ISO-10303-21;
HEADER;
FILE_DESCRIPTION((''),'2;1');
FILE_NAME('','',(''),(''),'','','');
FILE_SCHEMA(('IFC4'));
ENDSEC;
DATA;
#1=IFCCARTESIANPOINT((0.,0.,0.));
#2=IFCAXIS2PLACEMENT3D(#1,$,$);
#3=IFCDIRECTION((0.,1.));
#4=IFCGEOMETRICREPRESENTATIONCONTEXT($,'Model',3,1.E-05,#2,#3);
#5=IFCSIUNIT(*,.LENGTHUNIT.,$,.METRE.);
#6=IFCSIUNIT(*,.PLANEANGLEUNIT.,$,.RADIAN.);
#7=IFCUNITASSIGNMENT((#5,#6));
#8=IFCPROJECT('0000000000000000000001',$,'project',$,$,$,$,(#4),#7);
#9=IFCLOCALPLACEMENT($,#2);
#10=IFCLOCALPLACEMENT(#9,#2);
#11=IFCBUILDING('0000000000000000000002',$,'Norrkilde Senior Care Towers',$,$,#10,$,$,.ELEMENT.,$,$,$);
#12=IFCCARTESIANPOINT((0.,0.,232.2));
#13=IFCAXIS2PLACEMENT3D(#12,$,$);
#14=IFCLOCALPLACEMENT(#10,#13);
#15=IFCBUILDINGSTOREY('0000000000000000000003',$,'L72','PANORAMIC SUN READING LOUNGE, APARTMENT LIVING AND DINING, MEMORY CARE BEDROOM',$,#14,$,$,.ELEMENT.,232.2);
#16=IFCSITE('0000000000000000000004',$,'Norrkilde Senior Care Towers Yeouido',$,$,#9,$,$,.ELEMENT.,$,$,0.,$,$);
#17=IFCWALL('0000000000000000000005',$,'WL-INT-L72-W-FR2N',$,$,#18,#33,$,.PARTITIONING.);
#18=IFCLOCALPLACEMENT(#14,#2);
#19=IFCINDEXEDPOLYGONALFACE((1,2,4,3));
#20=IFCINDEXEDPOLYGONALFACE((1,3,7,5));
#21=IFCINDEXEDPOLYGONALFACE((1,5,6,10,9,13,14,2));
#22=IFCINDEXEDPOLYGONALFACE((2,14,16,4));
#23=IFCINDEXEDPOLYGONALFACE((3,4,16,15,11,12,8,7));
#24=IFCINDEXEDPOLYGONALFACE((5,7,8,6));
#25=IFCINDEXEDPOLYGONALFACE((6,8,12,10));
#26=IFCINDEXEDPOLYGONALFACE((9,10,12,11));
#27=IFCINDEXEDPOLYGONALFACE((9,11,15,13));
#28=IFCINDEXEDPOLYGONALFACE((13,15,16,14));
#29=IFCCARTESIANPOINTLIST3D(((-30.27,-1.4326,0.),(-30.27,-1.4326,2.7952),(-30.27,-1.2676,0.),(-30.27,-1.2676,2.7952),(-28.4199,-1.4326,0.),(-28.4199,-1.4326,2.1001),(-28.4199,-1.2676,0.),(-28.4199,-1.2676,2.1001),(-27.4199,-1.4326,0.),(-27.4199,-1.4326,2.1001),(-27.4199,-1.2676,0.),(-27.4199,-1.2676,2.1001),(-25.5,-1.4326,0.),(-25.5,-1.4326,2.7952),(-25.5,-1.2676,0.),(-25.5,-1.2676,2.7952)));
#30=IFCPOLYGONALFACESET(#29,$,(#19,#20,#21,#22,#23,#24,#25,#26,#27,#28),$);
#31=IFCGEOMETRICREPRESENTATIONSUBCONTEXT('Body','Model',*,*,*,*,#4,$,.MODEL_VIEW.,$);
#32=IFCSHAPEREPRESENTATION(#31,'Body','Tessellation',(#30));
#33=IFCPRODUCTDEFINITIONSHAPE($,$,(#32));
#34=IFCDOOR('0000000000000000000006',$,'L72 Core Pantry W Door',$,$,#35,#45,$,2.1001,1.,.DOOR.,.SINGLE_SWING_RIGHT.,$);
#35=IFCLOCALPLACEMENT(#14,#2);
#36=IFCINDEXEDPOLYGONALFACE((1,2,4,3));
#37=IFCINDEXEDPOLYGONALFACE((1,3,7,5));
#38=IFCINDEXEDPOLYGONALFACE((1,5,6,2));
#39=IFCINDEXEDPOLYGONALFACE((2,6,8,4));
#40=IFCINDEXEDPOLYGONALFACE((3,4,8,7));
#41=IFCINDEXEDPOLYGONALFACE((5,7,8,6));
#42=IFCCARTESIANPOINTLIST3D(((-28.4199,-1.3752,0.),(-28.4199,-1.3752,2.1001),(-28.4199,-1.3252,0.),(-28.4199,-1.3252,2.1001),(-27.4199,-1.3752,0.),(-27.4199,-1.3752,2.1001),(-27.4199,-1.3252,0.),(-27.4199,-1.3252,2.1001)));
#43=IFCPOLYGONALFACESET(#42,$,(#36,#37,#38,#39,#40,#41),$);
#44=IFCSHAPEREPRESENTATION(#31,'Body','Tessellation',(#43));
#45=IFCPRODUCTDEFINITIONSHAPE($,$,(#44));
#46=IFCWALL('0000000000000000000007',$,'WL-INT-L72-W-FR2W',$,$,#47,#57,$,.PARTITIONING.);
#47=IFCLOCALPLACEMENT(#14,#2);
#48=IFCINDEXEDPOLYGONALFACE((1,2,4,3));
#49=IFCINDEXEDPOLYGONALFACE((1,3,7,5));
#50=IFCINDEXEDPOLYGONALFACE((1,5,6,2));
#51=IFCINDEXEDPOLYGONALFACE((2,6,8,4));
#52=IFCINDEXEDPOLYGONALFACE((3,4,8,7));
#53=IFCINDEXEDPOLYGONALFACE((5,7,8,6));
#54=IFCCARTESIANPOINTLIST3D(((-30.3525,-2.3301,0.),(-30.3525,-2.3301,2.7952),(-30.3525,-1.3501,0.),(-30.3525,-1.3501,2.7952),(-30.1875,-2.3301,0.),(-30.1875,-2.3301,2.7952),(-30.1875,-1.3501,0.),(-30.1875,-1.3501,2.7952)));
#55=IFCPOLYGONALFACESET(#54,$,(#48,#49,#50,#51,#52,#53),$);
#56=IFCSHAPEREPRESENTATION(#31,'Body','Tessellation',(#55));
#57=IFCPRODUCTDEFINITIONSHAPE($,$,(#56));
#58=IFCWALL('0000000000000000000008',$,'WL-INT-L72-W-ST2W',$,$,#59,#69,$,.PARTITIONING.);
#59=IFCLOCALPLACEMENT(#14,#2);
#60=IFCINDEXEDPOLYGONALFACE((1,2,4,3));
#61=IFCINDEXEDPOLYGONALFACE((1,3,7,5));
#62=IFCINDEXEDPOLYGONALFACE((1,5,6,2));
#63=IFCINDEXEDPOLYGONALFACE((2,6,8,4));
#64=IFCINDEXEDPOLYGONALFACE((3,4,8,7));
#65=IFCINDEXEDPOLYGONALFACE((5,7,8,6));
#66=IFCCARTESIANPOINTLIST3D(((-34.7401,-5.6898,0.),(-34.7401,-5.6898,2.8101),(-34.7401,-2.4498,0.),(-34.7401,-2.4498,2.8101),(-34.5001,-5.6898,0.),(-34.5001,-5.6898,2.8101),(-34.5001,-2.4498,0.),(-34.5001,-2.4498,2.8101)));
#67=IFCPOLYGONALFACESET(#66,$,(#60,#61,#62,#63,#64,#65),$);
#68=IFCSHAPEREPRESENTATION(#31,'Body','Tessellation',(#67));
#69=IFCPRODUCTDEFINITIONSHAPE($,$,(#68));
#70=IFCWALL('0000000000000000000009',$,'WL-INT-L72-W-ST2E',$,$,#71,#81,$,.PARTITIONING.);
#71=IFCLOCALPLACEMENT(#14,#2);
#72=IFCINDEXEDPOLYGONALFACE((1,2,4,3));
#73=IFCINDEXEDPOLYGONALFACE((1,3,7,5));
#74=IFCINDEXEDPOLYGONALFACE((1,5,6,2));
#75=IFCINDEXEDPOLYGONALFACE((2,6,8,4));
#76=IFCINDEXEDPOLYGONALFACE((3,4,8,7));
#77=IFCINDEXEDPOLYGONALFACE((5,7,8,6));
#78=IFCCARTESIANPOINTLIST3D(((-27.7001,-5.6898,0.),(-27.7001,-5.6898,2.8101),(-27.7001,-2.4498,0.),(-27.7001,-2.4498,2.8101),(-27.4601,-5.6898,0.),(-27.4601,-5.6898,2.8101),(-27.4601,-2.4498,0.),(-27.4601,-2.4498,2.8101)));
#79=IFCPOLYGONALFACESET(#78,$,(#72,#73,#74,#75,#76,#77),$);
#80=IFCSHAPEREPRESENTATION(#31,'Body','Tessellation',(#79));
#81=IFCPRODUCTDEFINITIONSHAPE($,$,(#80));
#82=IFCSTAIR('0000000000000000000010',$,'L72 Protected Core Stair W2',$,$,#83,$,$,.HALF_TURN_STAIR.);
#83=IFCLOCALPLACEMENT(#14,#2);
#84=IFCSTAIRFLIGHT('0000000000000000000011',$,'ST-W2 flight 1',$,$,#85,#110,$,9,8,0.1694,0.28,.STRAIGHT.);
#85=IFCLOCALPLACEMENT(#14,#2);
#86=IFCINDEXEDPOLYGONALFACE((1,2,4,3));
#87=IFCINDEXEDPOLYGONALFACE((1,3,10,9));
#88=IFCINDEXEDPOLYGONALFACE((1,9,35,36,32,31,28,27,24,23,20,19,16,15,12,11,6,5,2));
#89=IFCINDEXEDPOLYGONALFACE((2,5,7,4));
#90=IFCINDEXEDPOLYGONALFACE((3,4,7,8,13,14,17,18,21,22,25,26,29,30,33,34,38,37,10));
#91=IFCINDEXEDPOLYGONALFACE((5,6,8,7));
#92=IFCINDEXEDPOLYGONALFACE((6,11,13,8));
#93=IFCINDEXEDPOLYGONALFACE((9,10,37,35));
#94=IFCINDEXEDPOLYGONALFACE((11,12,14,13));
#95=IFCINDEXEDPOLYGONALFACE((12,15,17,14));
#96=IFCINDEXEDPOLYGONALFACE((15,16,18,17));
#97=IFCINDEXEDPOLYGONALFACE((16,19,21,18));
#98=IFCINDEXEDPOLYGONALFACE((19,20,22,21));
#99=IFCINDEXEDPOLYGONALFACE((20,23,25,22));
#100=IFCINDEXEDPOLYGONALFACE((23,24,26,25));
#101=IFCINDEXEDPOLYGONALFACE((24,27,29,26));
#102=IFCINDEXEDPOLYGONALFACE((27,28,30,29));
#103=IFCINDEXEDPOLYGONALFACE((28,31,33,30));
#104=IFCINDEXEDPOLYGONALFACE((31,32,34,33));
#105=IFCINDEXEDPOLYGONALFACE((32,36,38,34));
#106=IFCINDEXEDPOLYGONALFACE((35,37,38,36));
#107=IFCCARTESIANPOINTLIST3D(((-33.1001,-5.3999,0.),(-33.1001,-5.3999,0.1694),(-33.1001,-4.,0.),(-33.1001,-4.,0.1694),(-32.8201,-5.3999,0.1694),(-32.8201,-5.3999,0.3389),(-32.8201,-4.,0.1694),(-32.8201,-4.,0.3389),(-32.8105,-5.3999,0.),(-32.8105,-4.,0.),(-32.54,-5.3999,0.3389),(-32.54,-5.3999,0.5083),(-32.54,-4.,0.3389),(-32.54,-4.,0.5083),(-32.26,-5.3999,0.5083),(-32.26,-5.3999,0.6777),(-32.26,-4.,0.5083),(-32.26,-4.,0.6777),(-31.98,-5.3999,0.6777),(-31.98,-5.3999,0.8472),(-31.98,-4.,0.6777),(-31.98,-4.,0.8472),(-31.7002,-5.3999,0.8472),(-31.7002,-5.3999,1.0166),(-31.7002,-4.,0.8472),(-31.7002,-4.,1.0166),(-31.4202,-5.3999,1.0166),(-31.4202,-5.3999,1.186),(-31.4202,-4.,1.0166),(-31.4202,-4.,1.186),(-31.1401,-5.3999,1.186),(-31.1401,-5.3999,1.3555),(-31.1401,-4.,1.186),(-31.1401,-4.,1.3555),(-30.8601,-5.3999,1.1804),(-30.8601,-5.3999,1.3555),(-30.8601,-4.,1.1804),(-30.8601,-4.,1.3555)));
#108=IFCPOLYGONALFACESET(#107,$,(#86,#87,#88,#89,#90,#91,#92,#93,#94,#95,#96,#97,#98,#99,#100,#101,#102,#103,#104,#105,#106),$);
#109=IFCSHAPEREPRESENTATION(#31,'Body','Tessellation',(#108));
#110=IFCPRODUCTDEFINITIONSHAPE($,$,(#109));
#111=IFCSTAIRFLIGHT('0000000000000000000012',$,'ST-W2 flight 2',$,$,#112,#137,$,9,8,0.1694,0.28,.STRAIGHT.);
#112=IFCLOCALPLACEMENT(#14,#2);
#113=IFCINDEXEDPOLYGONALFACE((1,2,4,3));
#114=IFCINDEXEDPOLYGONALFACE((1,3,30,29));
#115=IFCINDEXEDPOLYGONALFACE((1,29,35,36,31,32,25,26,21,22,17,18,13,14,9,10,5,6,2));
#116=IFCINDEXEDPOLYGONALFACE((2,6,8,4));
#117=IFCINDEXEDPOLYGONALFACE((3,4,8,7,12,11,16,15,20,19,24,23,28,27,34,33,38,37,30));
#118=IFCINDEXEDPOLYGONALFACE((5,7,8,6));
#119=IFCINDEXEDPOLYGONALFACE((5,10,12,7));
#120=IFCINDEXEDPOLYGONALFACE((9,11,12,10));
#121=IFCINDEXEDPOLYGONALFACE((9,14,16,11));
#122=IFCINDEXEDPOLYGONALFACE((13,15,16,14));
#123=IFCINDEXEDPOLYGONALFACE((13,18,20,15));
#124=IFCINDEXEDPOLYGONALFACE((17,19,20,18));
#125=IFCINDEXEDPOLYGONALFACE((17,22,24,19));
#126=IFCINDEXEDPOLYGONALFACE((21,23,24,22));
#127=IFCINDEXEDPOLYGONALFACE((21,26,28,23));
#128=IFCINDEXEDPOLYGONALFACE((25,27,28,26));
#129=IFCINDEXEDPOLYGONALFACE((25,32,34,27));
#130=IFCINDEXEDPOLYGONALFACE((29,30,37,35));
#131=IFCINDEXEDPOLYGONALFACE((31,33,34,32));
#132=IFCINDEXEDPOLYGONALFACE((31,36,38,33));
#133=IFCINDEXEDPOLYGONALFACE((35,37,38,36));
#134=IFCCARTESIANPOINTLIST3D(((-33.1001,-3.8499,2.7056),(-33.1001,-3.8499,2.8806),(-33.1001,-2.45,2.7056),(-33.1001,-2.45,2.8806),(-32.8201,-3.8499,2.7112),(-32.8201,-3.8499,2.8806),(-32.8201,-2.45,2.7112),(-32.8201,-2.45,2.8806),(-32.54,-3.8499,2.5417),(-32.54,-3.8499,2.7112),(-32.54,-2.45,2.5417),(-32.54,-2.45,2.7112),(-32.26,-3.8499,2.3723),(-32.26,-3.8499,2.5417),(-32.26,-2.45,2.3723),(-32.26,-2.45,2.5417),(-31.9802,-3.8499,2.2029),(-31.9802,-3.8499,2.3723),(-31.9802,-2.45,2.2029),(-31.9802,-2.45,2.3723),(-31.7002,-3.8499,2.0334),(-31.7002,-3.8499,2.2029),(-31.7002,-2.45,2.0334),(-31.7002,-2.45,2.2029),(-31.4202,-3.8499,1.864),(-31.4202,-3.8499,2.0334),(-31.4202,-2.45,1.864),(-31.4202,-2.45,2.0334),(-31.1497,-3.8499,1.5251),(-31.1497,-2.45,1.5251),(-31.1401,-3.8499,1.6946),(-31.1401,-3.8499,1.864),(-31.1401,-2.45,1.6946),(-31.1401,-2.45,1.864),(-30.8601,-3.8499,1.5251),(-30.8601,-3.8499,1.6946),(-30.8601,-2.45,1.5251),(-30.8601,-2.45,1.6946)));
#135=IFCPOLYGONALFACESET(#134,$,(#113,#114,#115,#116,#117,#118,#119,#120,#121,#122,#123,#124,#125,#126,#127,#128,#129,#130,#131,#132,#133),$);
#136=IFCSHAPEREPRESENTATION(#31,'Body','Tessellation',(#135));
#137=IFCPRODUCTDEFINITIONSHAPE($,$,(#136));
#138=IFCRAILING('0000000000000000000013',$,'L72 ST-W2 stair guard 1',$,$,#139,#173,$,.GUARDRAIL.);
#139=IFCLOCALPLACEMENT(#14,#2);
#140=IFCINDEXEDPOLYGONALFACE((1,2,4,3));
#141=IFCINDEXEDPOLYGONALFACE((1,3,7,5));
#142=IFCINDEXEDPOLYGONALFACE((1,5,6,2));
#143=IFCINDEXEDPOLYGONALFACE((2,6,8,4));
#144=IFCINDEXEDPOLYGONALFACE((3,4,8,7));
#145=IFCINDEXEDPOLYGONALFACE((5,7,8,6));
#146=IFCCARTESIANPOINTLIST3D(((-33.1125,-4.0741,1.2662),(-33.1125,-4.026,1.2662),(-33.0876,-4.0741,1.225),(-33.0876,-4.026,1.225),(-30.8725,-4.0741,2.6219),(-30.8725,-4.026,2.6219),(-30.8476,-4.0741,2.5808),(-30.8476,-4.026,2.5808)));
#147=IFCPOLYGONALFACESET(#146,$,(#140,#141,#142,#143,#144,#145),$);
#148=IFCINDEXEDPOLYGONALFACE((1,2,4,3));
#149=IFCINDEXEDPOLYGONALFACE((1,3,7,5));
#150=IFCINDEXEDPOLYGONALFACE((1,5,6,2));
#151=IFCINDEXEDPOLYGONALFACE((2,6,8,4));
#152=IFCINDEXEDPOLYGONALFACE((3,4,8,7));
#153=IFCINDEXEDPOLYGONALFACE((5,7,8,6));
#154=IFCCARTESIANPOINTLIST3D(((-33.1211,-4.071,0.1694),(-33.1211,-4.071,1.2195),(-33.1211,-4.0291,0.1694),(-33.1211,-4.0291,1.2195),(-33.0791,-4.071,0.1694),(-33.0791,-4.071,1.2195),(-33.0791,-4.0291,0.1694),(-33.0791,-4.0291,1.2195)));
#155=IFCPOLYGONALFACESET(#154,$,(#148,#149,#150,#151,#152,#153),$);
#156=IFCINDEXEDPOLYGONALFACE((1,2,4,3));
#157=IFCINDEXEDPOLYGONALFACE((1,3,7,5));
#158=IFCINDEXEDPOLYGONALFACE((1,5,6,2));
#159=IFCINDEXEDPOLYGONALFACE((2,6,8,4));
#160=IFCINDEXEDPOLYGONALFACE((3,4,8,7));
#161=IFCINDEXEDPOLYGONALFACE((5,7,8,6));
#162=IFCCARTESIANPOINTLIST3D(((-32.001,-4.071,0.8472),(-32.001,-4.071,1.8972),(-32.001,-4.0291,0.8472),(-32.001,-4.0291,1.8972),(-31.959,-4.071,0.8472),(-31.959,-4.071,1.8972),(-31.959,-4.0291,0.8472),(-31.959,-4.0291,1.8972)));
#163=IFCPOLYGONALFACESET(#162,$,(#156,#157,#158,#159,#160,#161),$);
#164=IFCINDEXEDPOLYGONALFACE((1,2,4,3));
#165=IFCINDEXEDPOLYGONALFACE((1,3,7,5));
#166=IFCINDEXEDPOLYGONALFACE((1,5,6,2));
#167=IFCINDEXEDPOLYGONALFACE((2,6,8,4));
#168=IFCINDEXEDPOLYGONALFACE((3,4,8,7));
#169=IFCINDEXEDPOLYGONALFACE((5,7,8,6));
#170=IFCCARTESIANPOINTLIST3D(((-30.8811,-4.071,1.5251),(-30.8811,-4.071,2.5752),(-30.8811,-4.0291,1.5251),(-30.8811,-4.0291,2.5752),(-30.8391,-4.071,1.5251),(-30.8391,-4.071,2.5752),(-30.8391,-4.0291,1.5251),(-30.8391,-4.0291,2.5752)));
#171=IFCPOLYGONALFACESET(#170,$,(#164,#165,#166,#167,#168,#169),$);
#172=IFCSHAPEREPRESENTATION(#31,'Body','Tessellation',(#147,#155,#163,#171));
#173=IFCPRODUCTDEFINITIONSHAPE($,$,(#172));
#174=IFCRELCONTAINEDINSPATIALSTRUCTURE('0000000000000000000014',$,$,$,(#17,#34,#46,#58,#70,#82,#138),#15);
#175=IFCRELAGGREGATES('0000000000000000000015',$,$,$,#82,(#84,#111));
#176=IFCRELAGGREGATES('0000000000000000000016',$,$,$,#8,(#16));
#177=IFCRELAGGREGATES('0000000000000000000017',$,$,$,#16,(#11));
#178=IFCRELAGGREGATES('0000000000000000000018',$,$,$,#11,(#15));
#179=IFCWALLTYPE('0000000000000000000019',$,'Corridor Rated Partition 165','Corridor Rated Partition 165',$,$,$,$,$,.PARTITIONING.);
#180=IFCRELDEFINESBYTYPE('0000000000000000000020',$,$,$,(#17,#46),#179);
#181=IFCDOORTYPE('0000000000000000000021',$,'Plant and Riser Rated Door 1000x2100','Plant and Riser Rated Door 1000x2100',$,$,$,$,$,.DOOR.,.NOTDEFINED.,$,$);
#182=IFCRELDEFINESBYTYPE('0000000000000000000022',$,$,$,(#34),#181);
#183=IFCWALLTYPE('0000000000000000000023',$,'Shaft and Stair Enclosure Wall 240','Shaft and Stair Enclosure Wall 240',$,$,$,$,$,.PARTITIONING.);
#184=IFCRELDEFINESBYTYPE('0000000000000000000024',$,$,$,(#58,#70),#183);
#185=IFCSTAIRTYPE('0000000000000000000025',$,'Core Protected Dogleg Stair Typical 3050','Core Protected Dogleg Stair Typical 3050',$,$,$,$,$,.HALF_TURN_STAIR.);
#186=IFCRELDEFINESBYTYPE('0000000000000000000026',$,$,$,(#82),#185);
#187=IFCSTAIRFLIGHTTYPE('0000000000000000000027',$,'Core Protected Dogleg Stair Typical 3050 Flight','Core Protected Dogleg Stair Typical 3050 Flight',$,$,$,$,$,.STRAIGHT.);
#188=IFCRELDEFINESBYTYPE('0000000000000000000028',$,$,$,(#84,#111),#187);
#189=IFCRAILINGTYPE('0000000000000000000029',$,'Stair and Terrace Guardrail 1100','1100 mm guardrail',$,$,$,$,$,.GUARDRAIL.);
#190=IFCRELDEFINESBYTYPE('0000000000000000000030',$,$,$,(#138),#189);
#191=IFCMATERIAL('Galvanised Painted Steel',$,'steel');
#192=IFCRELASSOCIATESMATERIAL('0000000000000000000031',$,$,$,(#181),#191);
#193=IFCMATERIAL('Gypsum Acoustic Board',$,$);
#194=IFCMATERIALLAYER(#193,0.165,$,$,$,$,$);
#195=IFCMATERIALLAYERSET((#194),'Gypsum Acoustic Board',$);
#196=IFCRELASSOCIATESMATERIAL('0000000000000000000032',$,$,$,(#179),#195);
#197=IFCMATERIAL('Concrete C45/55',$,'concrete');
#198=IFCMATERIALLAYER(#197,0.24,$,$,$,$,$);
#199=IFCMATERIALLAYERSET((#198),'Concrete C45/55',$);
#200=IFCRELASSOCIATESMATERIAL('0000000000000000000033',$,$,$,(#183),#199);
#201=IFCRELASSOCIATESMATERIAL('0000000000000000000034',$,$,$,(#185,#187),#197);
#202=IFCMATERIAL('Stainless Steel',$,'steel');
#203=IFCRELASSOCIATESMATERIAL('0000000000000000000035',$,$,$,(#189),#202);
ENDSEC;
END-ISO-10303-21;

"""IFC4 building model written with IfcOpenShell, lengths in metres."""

from ifc_helpers import new_model, si_unit, direction, frame, frame_2d, origin, origin_2d, place, context, subcontext, project, spatial, polyline, rectangle, outline, extrude, source, transform, mapped, material, layer, layer_set, type_object, type_shapes, element, fill, aggregate, save


model = new_model("IFC4")

# Units and contexts
model_context = context("Model", 3, precision=1e-05, world=origin(), true_north=direction((0.0, 1.0)))
body_context = subcontext(model_context, "Body", "Model", "MODEL_VIEW")
ifc_project = project(units=[si_unit("LENGTHUNIT", "METRE"), si_unit("PLANEANGLEUNIT", "RADIAN")], contexts=[model_context])

# Site, building, storey
site_placement = place(None, origin())
site = spatial("IfcSite", under=ifc_project, at=site_placement, Name="Norrkilde Senior Care Towers Yeouido", CompositionType="ELEMENT", RefElevation=0.0)
building_placement = place(site_placement, origin())
building = spatial("IfcBuilding", under=site, at=building_placement, Name="Norrkilde Senior Care Towers", CompositionType="ELEMENT")
storey_placement = place(building_placement, frame((0.0, 0.0, 232.2)))
storey = spatial("IfcBuildingStorey", under=building, at=storey_placement, Name="L72", Description="PANORAMIC SUN READING LOUNGE, APARTMENT LIVING AND DINING, MEMORY CARE BEDROOM", CompositionType="ELEMENT", Elevation=232.2)

# Shared definitions
ifc_material_1 = material(Name="Concrete C45/55", Category="concrete")
ifc_material_2 = material(Name="Galvanised Painted Steel", Category="steel")

# Shared definitions
door_type_1 = type_object("IfcDoorType", Name="Plant and Riser Rated Door 1000x2100", Description="Plant and Riser Rated Door 1000x2100", OperationType="NOTDEFINED", PredefinedType="DOOR", material=ifc_material_2)
shared_shape_1 = source(origin(), body_context, "Body", "SweptSolid", [
    extrude(rectangle(XDim=1.0, YDim=2.1001, at=frame_2d((0.5, 1.05))), frame((0.0, 0.0249, 0.0), z_axis=(0.0, -1.0, 0.0), x_axis=(1.0, 0.0, 0.0)), (0.0, 0.0, 1.0), 0.05),
])
type_shapes(door_type_1, [shared_shape_1])

# Shared definitions
ifc_material_3 = material(Name="Gypsum Acoustic Board")

# Wall, opening, door
ifc_layer_1 = layer(ifc_material_3, 0.165)
ifc_layer_set_1 = layer_set([ifc_layer_1], Name="Gypsum Acoustic Board")
wall_type_1 = type_object("IfcWallType", Name="Corridor Rated Partition 165", Description="Corridor Rated Partition 165", PredefinedType="PARTITIONING", material=ifc_layer_set_1)
shared_shape_2 = source(origin(), body_context, "Body", "SweptSolid", [
    extrude(rectangle(XDim=4.77, YDim=0.165, at=frame_2d((2.385, 0.0))), origin(), (0.0, 0.0, 1.0), 2.7952),
])
wall_1_placement = place(storey_placement, frame((-30.27, -1.3501, 0.0), z_axis=(0.0, 0.0, 1.0), x_axis=(1.0, 0.0, 0.0)))
wall_1 = element("IfcWall", 1, at=wall_1_placement, inside=storey, type_object=wall_type_1, Name="WL-INT-L72-W-FR2N", PredefinedType="PARTITIONING", context=body_context, shape_type="MappedRepresentation", body=[
    mapped(shared_shape_2, transform((0.0, 0.0, 0.0), x_axis=(1.0, 0.0, 0.0), y_axis=(0.0, 1.0, 0.0), z_axis=(0.0, 0.0, 1.0), scale=1.0)),
])
opening_1_placement = place(wall_1_placement, frame((1.8501, 0.0, 0.0)))
opening_1 = element("IfcOpeningElement", 2, at=opening_1_placement, cuts=wall_1, PredefinedType="OPENING", context=body_context, shape_type="SweptSolid", body=[
    extrude(rectangle(XDim=1.0, YDim=2.1001, at=frame_2d((0.5, 1.05))), frame((0.0, 0.0925, 0.0), z_axis=(0.0, -1.0, 0.0), x_axis=(1.0, 0.0, 0.0)), (0.0, 0.0, 1.0), 0.1851),
])
door_1_placement = place(opening_1_placement, origin())
door_1 = element("IfcDoor", 3, at=door_1_placement, inside=storey, type_object=door_type_1, Name="L72 Core Pantry W Door", OperationType="SINGLE_SWING_RIGHT", OverallHeight=2.1001, OverallWidth=1.0, PredefinedType="DOOR", context=body_context, shape_type="MappedRepresentation", body=[
    mapped(shared_shape_1, transform((0.0, 0.0, 0.0), x_axis=(1.0, 0.0, 0.0), y_axis=(0.0, 1.0, 0.0), z_axis=(0.0, 0.0, 1.0), scale=1.0)),
])
fill(opening_1, door_1)

# Wall
shared_shape_3 = source(origin(), body_context, "Body", "SweptSolid", [
    extrude(rectangle(XDim=0.98, YDim=0.165, at=frame_2d((0.49, 0.0))), origin(), (0.0, 0.0, 1.0), 2.7952),
])
type_shapes(wall_type_1, [shared_shape_2, shared_shape_3])
wall_2_placement = place(storey_placement, frame((-30.27, -2.3301, 0.0), z_axis=(0.0, 0.0, 1.0), x_axis=(0.0, 1.0, 0.0)))
element("IfcWall", 4, at=wall_2_placement, inside=storey, type_object=wall_type_1, Name="WL-INT-L72-W-FR2W", PredefinedType="PARTITIONING", context=body_context, shape_type="MappedRepresentation", body=[
    mapped(shared_shape_3, transform((0.0, 0.0, 0.0), x_axis=(1.0, 0.0, 0.0), y_axis=(0.0, 1.0, 0.0), z_axis=(0.0, 0.0, 1.0), scale=1.0)),
])

# Shared definitions
ifc_layer_2 = layer(ifc_material_1, 0.24)
ifc_layer_set_2 = layer_set([ifc_layer_2], Name="Concrete C45/55")
wall_type_2 = type_object("IfcWallType", Name="Shaft and Stair Enclosure Wall 240", Description="Shaft and Stair Enclosure Wall 240", PredefinedType="PARTITIONING", material=ifc_layer_set_2)

# Walls
shared_shape_4 = source(origin(), body_context, "Body", "SweptSolid", [
    extrude(rectangle(XDim=3.24, YDim=0.24, at=frame_2d((1.6201, 0.0))), origin(), (0.0, 0.0, 1.0), 2.8101),
])
for number, where, z_axis, x_axis, name in (
    (5, (-34.6201, -5.6899, 0.0), (0.0, 0.0, 1.0), (0.0, 1.0, 0.0), "WL-INT-L72-W-ST2W"),
    (6, (-27.5801, -5.6899, 0.0), (0.0, 0.0, 1.0), (0.0, 1.0, 0.0), "WL-INT-L72-W-ST2E"),
):
    element("IfcWall", number, at=place(storey_placement, frame(where, z_axis=z_axis, x_axis=x_axis)), inside=storey, type_object=wall_type_2, Name=name, PredefinedType="PARTITIONING", context=body_context, shape_type="MappedRepresentation", body=[
        mapped(shared_shape_4, transform((0.0, 0.0, 0.0), x_axis=(1.0, 0.0, 0.0), y_axis=(0.0, 1.0, 0.0), z_axis=(0.0, 0.0, 1.0), scale=1.0)),
    ])

# Stair, stair flights
stair_type = type_object("IfcStairType", Name="Core Protected Dogleg Stair Typical 3050", Description="Core Protected Dogleg Stair Typical 3050", PredefinedType="HALF_TURN_STAIR", material=ifc_material_1)
stair_placement = place(storey_placement, origin())
stair = element("IfcStair", 7, at=stair_placement, inside=storey, type_object=stair_type, Name="L72 Protected Core Stair W2", PredefinedType="HALF_TURN_STAIR")
stair_flight_type = type_object("IfcStairFlightType", Name="Core Protected Dogleg Stair Typical 3050 Flight", Description="Core Protected Dogleg Stair Typical 3050 Flight", PredefinedType="STRAIGHT", material=ifc_material_1)
stair_flight_1_placement = place(storey_placement, frame((-33.1001, -4.7, 0.0), z_axis=(0.0, 0.0, 1.0), x_axis=(1.0, 0.0, 0.0)))
stair_flight_1 = element("IfcStairFlight", 8, at=stair_flight_1_placement, type_object=stair_flight_type, Name="ST-W2 flight 1", NumberOfRisers=9, NumberOfTreads=8, PredefinedType="STRAIGHT", RiserHeight=0.1694, TreadLength=0.28, context=body_context, shape_type="SweptSolid", body=[
    extrude(outline(polyline([(0.0, 0.0), (0.0, 0.1694), (0.28, 0.1694), (0.28, 0.3389), (0.5601, 0.3389), (0.5601, 0.5083), (0.8401, 0.5083), (0.8401, 0.6777), (1.1201, 0.6777), (1.1201, 0.8472), (1.3999, 0.8472), (1.3999, 1.0166), (1.6799, 1.0166), (1.6799, 1.186), (1.96, 1.186), (1.96, 1.3555), (2.24, 1.3555), (2.24, 1.5249), (2.24, 1.1804), (0.2896, 0.0), (0.0, 0.0)])), frame((0.0, 0.7, 0.0), z_axis=(0.0, -1.0, 0.0), x_axis=(1.0, 0.0, 0.0)), (0.0, 0.0, 1.0), 1.3999),
])
stair_flight_2_placement = place(storey_placement, frame((-30.8601, -3.1499, 1.5251), z_axis=(0.0, 0.0, 1.0), x_axis=(-1.0, 0.0, 0.0)))
stair_flight_2 = element("IfcStairFlight", 9, at=stair_flight_2_placement, type_object=stair_flight_type, Name="ST-W2 flight 2", NumberOfRisers=9, NumberOfTreads=8, PredefinedType="STRAIGHT", RiserHeight=0.1694, TreadLength=0.28, context=body_context, shape_type="SweptSolid", body=[
    extrude(outline(polyline([(0.0, 0.0), (0.0, 0.1694), (0.28, 0.1694), (0.28, 0.3389), (0.5601, 0.3389), (0.5601, 0.5083), (0.8401, 0.5083), (0.8401, 0.6777), (1.1201, 0.6777), (1.1201, 0.8472), (1.3999, 0.8472), (1.3999, 1.0166), (1.6799, 1.0166), (1.6799, 1.186), (1.96, 1.186), (1.96, 1.3555), (2.24, 1.3555), (2.24, 1.5249), (2.24, 1.1804), (0.2896, 0.0), (0.0, 0.0)])), frame((0.0, 0.7, 0.0), z_axis=(0.0, -1.0, 0.0), x_axis=(1.0, 0.0, 0.0)), (0.0, 0.0, 1.0), 1.3999),
])
aggregate(stair, [stair_flight_1, stair_flight_2])

# Railing
ifc_material_4 = material(Name="Stainless Steel", Category="steel")
railing_type_1 = type_object("IfcRailingType", Name="Stair and Terrace Guardrail 1100", Description="1100 mm guardrail", PredefinedType="GUARDRAIL", material=ifc_material_4)
railing_1_placement = place(storey_placement, frame((-33.1001, -4.05, 0.1694)))
element("IfcRailing", 10, at=railing_1_placement, inside=storey, type_object=railing_type_1, Name="L72 ST-W2 stair guard 1", PredefinedType="GUARDRAIL", context=body_context, shape_type="SweptSolid", body=[
    extrude(rectangle(XDim=0.0481, YDim=0.0481, at=origin_2d()), frame((0.0, 0.0, 1.0762), z_axis=(0.855512, 0.0, 0.517783), x_axis=(0.0, 1.0, 0.0)), (0.0, 0.0, 1.0), 2.6184),
    extrude(rectangle(XDim=0.042, YDim=0.042, at=origin_2d()), origin(), (0.0, 0.0, 1.0), 1.05),
    extrude(rectangle(XDim=0.042, YDim=0.042, at=origin_2d()), frame((1.1201, 0.0, 0.6777)), (0.0, 0.0, 1.0), 1.05),
    extrude(rectangle(XDim=0.042, YDim=0.042, at=origin_2d()), frame((2.24, 0.0, 1.3557)), (0.0, 0.0, 1.0), 1.05),
])

save(model, "model.ifc")
